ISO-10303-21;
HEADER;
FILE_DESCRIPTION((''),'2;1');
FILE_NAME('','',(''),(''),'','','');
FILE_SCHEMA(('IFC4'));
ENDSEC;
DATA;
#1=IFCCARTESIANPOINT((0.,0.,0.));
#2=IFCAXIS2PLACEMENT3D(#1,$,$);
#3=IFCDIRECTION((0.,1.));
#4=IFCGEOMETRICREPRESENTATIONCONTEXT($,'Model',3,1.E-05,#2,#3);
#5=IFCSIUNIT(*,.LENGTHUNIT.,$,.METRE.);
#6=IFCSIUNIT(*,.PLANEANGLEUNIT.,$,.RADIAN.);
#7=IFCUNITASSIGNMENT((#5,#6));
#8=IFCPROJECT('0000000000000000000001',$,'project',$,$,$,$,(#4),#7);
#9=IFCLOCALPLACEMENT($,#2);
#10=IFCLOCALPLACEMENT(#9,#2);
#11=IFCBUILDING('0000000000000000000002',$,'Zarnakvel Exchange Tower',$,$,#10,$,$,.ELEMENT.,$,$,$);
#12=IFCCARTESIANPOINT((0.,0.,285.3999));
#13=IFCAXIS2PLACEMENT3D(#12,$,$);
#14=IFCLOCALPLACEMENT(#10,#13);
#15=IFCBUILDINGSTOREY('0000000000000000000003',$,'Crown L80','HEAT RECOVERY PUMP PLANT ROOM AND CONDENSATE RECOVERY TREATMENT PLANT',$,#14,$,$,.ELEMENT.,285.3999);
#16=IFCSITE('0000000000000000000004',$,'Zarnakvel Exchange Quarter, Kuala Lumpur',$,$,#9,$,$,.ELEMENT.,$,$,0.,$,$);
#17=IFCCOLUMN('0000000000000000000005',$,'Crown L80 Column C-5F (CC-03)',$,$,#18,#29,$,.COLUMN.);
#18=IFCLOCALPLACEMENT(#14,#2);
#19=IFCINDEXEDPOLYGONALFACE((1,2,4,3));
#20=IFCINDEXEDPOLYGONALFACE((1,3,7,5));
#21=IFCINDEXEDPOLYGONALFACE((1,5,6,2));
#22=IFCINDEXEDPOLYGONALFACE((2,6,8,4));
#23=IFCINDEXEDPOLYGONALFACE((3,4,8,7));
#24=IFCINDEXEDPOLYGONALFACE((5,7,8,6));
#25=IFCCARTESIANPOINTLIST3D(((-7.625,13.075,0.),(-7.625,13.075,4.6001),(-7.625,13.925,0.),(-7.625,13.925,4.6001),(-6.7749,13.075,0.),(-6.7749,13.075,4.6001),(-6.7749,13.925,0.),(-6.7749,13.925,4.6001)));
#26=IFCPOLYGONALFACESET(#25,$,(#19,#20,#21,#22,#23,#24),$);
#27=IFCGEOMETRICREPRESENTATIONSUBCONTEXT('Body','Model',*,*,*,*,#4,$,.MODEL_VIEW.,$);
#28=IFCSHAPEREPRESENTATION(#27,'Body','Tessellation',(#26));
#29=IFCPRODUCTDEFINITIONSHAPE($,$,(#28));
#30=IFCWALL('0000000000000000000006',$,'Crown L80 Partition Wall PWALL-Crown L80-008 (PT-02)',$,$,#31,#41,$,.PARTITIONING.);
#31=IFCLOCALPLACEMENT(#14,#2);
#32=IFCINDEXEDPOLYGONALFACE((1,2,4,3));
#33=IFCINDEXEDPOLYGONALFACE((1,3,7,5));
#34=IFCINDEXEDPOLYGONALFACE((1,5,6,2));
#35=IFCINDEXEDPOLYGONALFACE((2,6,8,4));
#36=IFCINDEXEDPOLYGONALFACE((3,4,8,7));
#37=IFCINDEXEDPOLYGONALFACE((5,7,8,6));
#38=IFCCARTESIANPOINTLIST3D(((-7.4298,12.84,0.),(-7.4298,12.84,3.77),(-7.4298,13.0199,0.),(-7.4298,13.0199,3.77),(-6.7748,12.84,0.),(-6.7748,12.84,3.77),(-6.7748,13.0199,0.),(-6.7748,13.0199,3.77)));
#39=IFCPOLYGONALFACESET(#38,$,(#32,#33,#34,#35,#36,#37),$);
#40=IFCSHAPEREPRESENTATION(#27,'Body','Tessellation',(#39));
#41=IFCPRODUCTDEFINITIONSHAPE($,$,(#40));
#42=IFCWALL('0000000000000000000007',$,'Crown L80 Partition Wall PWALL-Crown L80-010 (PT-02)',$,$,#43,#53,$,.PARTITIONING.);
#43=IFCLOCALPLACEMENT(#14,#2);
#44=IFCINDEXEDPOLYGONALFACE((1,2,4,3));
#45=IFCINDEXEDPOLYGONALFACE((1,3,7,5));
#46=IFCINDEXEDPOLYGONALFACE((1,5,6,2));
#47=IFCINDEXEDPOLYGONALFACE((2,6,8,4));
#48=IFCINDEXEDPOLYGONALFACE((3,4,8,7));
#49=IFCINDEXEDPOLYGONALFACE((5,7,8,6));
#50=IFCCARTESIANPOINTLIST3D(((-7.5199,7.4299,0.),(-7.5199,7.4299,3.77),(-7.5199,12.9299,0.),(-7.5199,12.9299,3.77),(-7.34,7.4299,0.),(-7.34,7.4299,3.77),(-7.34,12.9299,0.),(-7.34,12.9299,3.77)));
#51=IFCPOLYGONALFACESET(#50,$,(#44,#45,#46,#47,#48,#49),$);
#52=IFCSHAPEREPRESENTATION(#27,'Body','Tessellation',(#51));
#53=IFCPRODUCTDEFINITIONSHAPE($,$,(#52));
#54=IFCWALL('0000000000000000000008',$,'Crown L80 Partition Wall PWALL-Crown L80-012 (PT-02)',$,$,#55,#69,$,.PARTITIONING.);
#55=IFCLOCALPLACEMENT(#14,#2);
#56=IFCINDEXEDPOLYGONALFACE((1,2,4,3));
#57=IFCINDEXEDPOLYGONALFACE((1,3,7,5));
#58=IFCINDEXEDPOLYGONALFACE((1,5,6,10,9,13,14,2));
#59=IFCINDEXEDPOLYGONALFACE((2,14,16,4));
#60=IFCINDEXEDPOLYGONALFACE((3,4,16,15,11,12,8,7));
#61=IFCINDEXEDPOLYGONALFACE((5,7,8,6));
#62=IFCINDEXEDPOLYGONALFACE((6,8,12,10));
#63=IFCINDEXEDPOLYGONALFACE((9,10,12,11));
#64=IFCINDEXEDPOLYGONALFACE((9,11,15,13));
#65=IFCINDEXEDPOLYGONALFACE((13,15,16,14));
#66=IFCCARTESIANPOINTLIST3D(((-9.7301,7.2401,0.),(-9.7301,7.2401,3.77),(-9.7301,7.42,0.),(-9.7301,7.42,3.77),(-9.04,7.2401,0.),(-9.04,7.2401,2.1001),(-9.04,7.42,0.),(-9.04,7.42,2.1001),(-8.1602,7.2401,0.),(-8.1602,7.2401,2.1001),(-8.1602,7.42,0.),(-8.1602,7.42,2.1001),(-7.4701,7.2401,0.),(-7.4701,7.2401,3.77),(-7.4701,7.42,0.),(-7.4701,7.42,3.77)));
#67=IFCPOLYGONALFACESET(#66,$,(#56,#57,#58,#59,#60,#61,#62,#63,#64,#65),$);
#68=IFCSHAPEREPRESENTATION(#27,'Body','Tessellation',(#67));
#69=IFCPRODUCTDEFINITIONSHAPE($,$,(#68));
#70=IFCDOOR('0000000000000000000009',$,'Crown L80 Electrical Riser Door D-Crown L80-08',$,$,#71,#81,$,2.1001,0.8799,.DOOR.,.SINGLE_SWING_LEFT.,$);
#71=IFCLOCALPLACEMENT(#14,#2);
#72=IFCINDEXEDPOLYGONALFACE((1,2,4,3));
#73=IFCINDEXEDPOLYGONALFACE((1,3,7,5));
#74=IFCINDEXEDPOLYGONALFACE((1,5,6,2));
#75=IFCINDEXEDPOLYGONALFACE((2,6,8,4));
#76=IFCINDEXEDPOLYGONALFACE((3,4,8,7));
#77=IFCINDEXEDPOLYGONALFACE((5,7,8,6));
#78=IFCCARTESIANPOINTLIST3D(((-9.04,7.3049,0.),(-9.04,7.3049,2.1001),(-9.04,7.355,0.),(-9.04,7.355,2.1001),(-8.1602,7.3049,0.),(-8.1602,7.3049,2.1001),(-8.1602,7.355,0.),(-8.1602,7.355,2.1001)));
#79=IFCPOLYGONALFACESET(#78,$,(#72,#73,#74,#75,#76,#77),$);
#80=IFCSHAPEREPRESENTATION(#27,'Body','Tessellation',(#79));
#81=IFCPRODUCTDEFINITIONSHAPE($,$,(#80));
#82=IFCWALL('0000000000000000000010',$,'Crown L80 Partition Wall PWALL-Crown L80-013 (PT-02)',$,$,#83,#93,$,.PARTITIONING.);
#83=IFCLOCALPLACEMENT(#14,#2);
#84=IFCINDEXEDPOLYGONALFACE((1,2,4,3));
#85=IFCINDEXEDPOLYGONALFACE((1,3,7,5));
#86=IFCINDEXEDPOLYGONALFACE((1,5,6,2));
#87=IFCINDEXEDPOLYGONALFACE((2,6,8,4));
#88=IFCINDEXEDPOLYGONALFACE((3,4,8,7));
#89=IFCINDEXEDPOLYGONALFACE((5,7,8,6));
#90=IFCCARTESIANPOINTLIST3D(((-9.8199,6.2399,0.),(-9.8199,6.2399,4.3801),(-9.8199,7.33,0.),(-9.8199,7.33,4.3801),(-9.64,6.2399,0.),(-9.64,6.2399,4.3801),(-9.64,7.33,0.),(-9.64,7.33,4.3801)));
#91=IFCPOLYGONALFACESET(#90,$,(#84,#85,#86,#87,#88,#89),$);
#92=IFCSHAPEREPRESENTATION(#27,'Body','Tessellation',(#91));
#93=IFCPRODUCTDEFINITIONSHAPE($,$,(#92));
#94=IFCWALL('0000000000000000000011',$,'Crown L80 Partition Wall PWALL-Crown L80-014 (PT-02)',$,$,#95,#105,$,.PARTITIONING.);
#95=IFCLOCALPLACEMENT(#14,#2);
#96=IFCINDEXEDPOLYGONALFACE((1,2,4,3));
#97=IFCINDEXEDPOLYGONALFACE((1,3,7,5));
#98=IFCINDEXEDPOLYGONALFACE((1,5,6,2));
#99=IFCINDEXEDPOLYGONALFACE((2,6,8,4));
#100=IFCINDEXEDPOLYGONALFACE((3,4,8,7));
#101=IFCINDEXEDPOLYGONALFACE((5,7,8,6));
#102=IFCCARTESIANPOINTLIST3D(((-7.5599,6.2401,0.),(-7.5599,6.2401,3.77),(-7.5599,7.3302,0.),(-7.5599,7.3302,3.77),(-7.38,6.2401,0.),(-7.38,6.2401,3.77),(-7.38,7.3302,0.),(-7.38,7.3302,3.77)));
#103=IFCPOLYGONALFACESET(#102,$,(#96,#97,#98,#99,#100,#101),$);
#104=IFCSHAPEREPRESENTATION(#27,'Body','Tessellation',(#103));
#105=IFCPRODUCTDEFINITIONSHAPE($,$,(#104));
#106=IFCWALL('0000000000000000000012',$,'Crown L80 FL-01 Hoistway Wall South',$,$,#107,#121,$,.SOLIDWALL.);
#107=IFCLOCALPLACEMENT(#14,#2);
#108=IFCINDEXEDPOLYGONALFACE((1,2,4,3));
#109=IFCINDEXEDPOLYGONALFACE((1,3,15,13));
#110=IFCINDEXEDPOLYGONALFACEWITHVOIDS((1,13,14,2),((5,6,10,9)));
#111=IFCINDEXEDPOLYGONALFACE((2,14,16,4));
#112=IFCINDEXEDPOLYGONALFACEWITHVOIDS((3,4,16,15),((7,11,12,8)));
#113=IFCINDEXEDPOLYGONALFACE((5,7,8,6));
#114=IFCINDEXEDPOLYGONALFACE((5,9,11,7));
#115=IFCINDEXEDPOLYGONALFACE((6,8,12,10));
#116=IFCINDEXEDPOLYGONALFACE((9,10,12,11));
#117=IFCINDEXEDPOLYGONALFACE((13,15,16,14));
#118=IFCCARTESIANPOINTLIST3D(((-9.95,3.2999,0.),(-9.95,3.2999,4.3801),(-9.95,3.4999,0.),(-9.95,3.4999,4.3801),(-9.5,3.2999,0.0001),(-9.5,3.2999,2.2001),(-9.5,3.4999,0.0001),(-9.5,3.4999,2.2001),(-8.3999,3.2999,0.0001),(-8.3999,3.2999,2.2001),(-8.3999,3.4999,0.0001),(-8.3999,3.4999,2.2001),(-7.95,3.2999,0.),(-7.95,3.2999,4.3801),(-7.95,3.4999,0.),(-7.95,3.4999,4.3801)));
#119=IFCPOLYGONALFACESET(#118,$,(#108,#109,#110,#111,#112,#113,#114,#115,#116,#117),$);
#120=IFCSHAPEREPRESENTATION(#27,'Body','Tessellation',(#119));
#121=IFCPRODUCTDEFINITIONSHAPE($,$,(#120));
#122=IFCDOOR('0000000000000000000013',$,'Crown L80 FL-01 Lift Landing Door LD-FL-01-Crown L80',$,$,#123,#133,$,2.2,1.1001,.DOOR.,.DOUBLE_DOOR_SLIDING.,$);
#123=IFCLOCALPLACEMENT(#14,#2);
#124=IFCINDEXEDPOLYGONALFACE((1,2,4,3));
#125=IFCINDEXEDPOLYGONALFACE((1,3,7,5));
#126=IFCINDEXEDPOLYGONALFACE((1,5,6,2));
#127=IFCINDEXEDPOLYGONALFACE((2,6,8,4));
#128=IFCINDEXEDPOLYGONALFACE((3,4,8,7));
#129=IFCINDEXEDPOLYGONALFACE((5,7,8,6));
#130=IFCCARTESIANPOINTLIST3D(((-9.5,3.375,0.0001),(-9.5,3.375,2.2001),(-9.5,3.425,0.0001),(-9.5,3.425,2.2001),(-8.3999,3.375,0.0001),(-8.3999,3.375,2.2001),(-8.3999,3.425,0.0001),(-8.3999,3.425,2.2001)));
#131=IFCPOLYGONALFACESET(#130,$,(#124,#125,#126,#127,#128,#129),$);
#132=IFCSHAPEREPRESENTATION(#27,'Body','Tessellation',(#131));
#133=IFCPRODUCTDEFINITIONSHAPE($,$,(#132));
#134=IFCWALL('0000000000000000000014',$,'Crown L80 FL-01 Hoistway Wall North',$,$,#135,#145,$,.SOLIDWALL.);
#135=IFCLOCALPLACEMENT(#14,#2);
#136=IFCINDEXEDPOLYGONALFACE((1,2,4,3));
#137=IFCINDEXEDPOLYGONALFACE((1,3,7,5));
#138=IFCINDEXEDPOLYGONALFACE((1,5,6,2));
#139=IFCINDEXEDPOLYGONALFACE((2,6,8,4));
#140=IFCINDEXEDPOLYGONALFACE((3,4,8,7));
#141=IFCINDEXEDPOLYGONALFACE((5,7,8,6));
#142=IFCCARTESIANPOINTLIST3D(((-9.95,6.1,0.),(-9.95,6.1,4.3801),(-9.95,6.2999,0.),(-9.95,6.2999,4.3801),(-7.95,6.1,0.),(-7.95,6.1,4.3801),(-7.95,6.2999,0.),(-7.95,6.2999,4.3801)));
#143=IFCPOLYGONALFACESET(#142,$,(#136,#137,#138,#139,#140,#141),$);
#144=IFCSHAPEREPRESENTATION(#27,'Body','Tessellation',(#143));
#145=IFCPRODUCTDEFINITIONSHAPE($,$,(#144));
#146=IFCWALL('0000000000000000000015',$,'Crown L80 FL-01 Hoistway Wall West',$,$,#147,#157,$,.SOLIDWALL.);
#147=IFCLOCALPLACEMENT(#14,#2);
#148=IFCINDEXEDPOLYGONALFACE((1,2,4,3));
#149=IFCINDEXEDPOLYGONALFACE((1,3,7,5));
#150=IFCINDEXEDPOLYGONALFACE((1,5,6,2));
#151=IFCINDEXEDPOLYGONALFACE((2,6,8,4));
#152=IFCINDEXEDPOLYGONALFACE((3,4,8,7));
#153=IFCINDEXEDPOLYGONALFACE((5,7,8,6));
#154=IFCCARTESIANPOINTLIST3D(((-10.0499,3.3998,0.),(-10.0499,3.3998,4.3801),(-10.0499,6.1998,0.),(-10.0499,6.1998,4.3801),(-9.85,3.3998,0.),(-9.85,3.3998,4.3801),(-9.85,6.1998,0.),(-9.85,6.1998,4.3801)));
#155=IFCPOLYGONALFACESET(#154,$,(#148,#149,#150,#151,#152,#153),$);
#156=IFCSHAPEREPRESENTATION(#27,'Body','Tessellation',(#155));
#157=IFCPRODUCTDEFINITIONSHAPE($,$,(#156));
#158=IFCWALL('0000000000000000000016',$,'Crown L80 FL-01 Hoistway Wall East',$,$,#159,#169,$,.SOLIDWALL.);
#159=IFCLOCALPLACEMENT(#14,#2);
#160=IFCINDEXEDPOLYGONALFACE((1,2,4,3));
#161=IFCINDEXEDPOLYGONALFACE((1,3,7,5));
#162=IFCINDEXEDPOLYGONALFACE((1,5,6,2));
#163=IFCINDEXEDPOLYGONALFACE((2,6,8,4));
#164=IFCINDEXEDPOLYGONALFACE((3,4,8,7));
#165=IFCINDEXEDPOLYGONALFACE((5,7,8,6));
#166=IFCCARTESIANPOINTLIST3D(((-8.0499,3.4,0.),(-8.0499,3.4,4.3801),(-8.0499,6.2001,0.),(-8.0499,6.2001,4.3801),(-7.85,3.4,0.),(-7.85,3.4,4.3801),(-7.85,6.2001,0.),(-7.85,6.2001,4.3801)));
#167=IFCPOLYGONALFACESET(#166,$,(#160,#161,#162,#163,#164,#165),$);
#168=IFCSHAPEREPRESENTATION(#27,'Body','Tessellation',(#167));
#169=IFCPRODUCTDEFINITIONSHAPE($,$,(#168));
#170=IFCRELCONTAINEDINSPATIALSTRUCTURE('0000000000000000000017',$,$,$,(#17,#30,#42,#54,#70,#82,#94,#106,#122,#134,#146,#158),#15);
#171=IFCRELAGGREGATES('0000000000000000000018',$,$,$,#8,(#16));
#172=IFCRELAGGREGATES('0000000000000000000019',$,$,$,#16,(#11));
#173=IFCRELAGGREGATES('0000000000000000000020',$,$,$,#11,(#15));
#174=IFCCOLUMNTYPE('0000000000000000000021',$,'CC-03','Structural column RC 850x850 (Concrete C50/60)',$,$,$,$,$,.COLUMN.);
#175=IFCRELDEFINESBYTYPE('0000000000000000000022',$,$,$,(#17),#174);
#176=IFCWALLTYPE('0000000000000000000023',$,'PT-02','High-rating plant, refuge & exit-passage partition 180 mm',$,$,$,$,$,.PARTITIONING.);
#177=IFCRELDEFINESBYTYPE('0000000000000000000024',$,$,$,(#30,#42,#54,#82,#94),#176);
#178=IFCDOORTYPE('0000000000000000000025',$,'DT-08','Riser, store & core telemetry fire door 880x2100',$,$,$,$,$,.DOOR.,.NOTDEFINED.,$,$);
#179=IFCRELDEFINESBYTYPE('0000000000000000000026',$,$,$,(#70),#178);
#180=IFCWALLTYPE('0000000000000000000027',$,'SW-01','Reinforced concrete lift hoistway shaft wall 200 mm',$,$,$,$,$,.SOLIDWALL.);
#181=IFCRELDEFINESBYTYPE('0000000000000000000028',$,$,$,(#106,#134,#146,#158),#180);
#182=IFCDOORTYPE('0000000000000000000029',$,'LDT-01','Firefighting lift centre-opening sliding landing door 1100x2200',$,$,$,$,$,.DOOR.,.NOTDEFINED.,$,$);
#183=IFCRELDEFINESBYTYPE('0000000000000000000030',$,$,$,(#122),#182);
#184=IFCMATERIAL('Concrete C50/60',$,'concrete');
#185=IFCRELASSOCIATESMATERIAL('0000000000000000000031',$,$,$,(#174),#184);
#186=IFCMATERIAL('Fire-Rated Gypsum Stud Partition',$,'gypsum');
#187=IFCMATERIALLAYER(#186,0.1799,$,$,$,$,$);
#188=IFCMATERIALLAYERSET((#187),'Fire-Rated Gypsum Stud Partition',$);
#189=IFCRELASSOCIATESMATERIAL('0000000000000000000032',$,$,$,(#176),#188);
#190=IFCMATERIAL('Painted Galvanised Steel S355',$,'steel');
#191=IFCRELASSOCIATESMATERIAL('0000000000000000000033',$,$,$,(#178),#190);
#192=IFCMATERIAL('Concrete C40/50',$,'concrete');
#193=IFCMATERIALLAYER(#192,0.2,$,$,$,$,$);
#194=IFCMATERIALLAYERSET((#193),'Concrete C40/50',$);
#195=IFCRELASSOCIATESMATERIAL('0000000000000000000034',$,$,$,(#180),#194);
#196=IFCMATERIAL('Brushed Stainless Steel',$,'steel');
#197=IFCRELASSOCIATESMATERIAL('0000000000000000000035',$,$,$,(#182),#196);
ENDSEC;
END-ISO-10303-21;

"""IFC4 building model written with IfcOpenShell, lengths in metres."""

from ifc_helpers import new_model, si_unit, direction, frame, frame_2d, origin, origin_2d, place, context, subcontext, project, spatial, rectangle, extrude, source, transform, mapped, material, layer, layer_set, material_profile, profile_set, type_object, element, fill, save


model = new_model("IFC4")

# Units and contexts
model_context = context("Model", 3, precision=1e-05, world=origin(), true_north=direction((0.0, 1.0)))
body_context = subcontext(model_context, "Body", "Model", "MODEL_VIEW")
ifc_project = project(units=[si_unit("LENGTHUNIT", "METRE"), si_unit("PLANEANGLEUNIT", "RADIAN")], contexts=[model_context])

# Site, building, storey
site_placement = place(None, origin())
site = spatial("IfcSite", under=ifc_project, at=site_placement, Name="Zarnakvel Exchange Quarter, Kuala Lumpur", CompositionType="ELEMENT", RefElevation=0.0)
building_placement = place(site_placement, origin())
building = spatial("IfcBuilding", under=site, at=building_placement, Name="Zarnakvel Exchange Tower", CompositionType="ELEMENT")
storey_placement = place(building_placement, frame((0.0, 0.0, 285.3999)))
storey = spatial("IfcBuildingStorey", under=building, at=storey_placement, Name="Crown L80", Description="HEAT RECOVERY PUMP PLANT ROOM AND CONDENSATE RECOVERY TREATMENT PLANT", CompositionType="ELEMENT", Elevation=285.3999)

# Column
ifc_material_1 = material(Name="Concrete C50/60", Category="concrete")
ifc_material_profile = material_profile(ifc_material_1, rectangle(XDim=0.8501, YDim=0.8501, at=origin_2d()))
ifc_profile_set = profile_set([ifc_material_profile], Name="Concrete C50/60")
column_type = type_object("IfcColumnType", Name="CC-03", Description="Structural column RC 850x850 (Concrete C50/60)", PredefinedType="COLUMN", material=ifc_profile_set)
column_placement = place(storey_placement, frame((-7.2, 13.5, 0.0), z_axis=(0.0, 0.0, 1.0), x_axis=(1.0, 0.0, 0.0)))
element("IfcColumn", 1, at=column_placement, inside=storey, type_object=column_type, Name="Crown L80 Column C-5F (CC-03)", PredefinedType="COLUMN", context=body_context, shape_type="SweptSolid", body=[
    extrude(rectangle(XDim=0.8501, YDim=0.8501, at=origin_2d()), origin(), (0.0, 0.0, 1.0), 4.6001),
])

# Walls
ifc_material_2 = material(Name="Fire-Rated Gypsum Stud Partition", Category="gypsum")
ifc_layer_1 = layer(ifc_material_2, 0.1799)
ifc_layer_set_1 = layer_set([ifc_layer_1], Name="Fire-Rated Gypsum Stud Partition")
wall_type_1 = type_object("IfcWallType", Name="PT-02", Description="High-rating plant, refuge & exit-passage partition 180 mm", PredefinedType="PARTITIONING", material=ifc_layer_set_1)
wall_1_placement = place(storey_placement, frame((-7.4299, 12.9299, 0.0), z_axis=(0.0, 0.0, 1.0), x_axis=(1.0, 0.0, 0.0)))
element("IfcWall", 2, at=wall_1_placement, inside=storey, type_object=wall_type_1, Name="Crown L80 Partition Wall PWALL-Crown L80-008 (PT-02)", PredefinedType="PARTITIONING", context=body_context, shape_type="SweptSolid", body=[
    extrude(rectangle(XDim=0.655, YDim=0.1799, at=frame_2d((0.3276, 0.0))), origin(), (0.0, 0.0, 1.0), 3.77),
])
wall_2_placement = place(storey_placement, frame((-7.4299, 7.4299, 0.0), z_axis=(0.0, 0.0, 1.0), x_axis=(0.0, 1.0, 0.0)))
element("IfcWall", 3, at=wall_2_placement, inside=storey, type_object=wall_type_1, Name="Crown L80 Partition Wall PWALL-Crown L80-010 (PT-02)", PredefinedType="PARTITIONING", context=body_context, shape_type="SweptSolid", body=[
    extrude(rectangle(XDim=5.5, YDim=0.1799, at=frame_2d((2.75, 0.0))), origin(), (0.0, 0.0, 1.0), 3.77),
])

# Wall, opening, door
wall_3_placement = place(storey_placement, frame((-9.73, 7.3301, 0.0), z_axis=(0.0, 0.0, 1.0), x_axis=(1.0, 0.0, 0.0)))
wall_3 = element("IfcWall", 4, at=wall_3_placement, inside=storey, type_object=wall_type_1, Name="Crown L80 Partition Wall PWALL-Crown L80-012 (PT-02)", PredefinedType="PARTITIONING", context=body_context, shape_type="SweptSolid", body=[
    extrude(rectangle(XDim=2.26, YDim=0.1799, at=frame_2d((1.1299, 0.0))), origin(), (0.0, 0.0, 1.0), 3.77),
])
opening_1_placement = place(wall_3_placement, frame((0.6899, 0.0, 0.0)))
opening_1 = element("IfcOpeningElement", 5, at=opening_1_placement, cuts=wall_3, PredefinedType="OPENING", context=body_context, shape_type="SweptSolid", body=[
    extrude(rectangle(XDim=0.8799, YDim=2.1001, at=frame_2d((0.4399, 1.05))), frame((0.0, 0.0999, 0.0), z_axis=(0.0, -1.0, 0.0), x_axis=(1.0, 0.0, 0.0)), (0.0, 0.0, 1.0), 0.2),
])
ifc_material_3 = material(Name="Painted Galvanised Steel S355", Category="steel")
door_type_1 = type_object("IfcDoorType", Name="DT-08", Description="Riser, store & core telemetry fire door 880x2100", OperationType="NOTDEFINED", PredefinedType="DOOR", material=ifc_material_3)
shared_shape_1 = source(origin(), body_context, "Body", "SweptSolid", [
    extrude(rectangle(XDim=0.8799, YDim=2.1001, at=frame_2d((0.4399, 1.05))), frame((0.0, 0.0249, 0.0), z_axis=(0.0, -1.0, 0.0), x_axis=(1.0, 0.0, 0.0)), (0.0, 0.0, 1.0), 0.05),
])
door_1_placement = place(opening_1_placement, origin())
door_1 = element("IfcDoor", 6, at=door_1_placement, inside=storey, type_object=door_type_1, Name="Crown L80 Electrical Riser Door D-Crown L80-08", OperationType="SINGLE_SWING_LEFT", OverallHeight=2.1001, OverallWidth=0.8799, PredefinedType="DOOR", context=body_context, shape_type="MappedRepresentation", body=[
    mapped(shared_shape_1, transform((0.0, 0.0, 0.0), x_axis=(1.0, 0.0, 0.0), y_axis=(0.0, 1.0, 0.0), z_axis=(0.0, 0.0, 1.0), scale=1.0)),
])
fill(opening_1, door_1)

# Walls
wall_4_placement = place(storey_placement, frame((-9.73, 6.24, 0.0), z_axis=(0.0, 0.0, 1.0), x_axis=(0.0, 1.0, 0.0)))
element("IfcWall", 7, at=wall_4_placement, inside=storey, type_object=wall_type_1, Name="Crown L80 Partition Wall PWALL-Crown L80-013 (PT-02)", PredefinedType="PARTITIONING", context=body_context, shape_type="SweptSolid", body=[
    extrude(rectangle(XDim=1.0901, YDim=0.1799, at=frame_2d((0.5449, 0.0))), origin(), (0.0, 0.0, 1.0), 4.3801),
])
wall_5_placement = place(storey_placement, frame((-7.47, 7.3301, 0.0), z_axis=(0.0, 0.0, 1.0), x_axis=(0.0, -1.0, 0.0)))
element("IfcWall", 8, at=wall_5_placement, inside=storey, type_object=wall_type_1, Name="Crown L80 Partition Wall PWALL-Crown L80-014 (PT-02)", PredefinedType="PARTITIONING", context=body_context, shape_type="SweptSolid", body=[
    extrude(rectangle(XDim=1.0901, YDim=0.1799, at=frame_2d((0.5449, 0.0))), origin(), (0.0, 0.0, 1.0), 3.77),
])

# Wall, opening, door
ifc_material_4 = material(Name="Concrete C40/50", Category="concrete")
ifc_layer_2 = layer(ifc_material_4, 0.2)
ifc_layer_set_2 = layer_set([ifc_layer_2], Name="Concrete C40/50")
wall_type_2 = type_object("IfcWallType", Name="SW-01", Description="Reinforced concrete lift hoistway shaft wall 200 mm", PredefinedType="SOLIDWALL", material=ifc_layer_set_2)
wall_6_placement = place(storey_placement, frame((-7.95, 3.3999, 0.0), z_axis=(0.0, 0.0, 1.0), x_axis=(-1.0, 0.0, 0.0)))
wall_6 = element("IfcWall", 9, at=wall_6_placement, inside=storey, type_object=wall_type_2, Name="Crown L80 FL-01 Hoistway Wall South", PredefinedType="SOLIDWALL", context=body_context, shape_type="SweptSolid", body=[
    extrude(rectangle(XDim=2.0, YDim=0.2, at=frame_2d((1.0, 0.0))), origin(), (0.0, 0.0, 1.0), 4.3801),
])
opening_2_placement = place(wall_6_placement, frame((0.45, 0.0, 0.0)))
opening_2 = element("IfcOpeningElement", 10, at=opening_2_placement, cuts=wall_6, PredefinedType="OPENING", context=body_context, shape_type="SweptSolid", body=[
    extrude(rectangle(XDim=1.1001, YDim=2.2, at=frame_2d((0.55, 1.1001))), frame((0.0, 0.1099, 0.0), z_axis=(0.0, -1.0, 0.0), x_axis=(1.0, 0.0, 0.0)), (0.0, 0.0, 1.0), 0.22),
])
ifc_material_5 = material(Name="Brushed Stainless Steel", Category="steel")
door_type_2 = type_object("IfcDoorType", Name="LDT-01", Description="Firefighting lift centre-opening sliding landing door 1100x2200", OperationType="NOTDEFINED", PredefinedType="DOOR", material=ifc_material_5)
shared_shape_2 = source(origin(), body_context, "Body", "SweptSolid", [
    extrude(rectangle(XDim=1.1001, YDim=2.2, at=frame_2d((0.55, 1.1001))), frame((0.0, 0.0249, 0.0), z_axis=(0.0, -1.0, 0.0), x_axis=(1.0, 0.0, 0.0)), (0.0, 0.0, 1.0), 0.05),
])
door_2_placement = place(opening_2_placement, origin())
door_2 = element("IfcDoor", 11, at=door_2_placement, inside=storey, type_object=door_type_2, Name="Crown L80 FL-01 Lift Landing Door LD-FL-01-Crown L80", OperationType="DOUBLE_DOOR_SLIDING", OverallHeight=2.2, OverallWidth=1.1001, PredefinedType="DOOR", context=body_context, shape_type="MappedRepresentation", body=[
    mapped(shared_shape_2, transform((0.0, 0.0, 0.0), x_axis=(1.0, 0.0, 0.0), y_axis=(0.0, 1.0, 0.0), z_axis=(0.0, 0.0, 1.0), scale=1.0)),
])
fill(opening_2, door_2)

# Walls
wall_7_placement = place(storey_placement, frame((-9.95, 6.2, 0.0), z_axis=(0.0, 0.0, 1.0), x_axis=(1.0, 0.0, 0.0)))
element("IfcWall", 12, at=wall_7_placement, inside=storey, type_object=wall_type_2, Name="Crown L80 FL-01 Hoistway Wall North", PredefinedType="SOLIDWALL", context=body_context, shape_type="SweptSolid", body=[
    extrude(rectangle(XDim=2.0, YDim=0.2, at=frame_2d((1.0, 0.0))), origin(), (0.0, 0.0, 1.0), 4.3801),
])
for number, where, z_axis, x_axis, name in (
    (13, (-9.95, 3.3999, 0.0), (0.0, 0.0, 1.0), (0.0, 1.0, 0.0), "Crown L80 FL-01 Hoistway Wall West"),
    (14, (-7.95, 6.2, 0.0), (0.0, 0.0, 1.0), (0.0, -1.0, 0.0), "Crown L80 FL-01 Hoistway Wall East"),
):
    element("IfcWall", number, at=place(storey_placement, frame(where, z_axis=z_axis, x_axis=x_axis)), inside=storey, type_object=wall_type_2, Name=name, PredefinedType="SOLIDWALL", context=body_context, shape_type="SweptSolid", body=[
        extrude(rectangle(XDim=2.8, YDim=0.2, at=frame_2d((1.3999, 0.0))), origin(), (0.0, 0.0, 1.0), 4.3801),
    ])

save(model, "model.ifc")
